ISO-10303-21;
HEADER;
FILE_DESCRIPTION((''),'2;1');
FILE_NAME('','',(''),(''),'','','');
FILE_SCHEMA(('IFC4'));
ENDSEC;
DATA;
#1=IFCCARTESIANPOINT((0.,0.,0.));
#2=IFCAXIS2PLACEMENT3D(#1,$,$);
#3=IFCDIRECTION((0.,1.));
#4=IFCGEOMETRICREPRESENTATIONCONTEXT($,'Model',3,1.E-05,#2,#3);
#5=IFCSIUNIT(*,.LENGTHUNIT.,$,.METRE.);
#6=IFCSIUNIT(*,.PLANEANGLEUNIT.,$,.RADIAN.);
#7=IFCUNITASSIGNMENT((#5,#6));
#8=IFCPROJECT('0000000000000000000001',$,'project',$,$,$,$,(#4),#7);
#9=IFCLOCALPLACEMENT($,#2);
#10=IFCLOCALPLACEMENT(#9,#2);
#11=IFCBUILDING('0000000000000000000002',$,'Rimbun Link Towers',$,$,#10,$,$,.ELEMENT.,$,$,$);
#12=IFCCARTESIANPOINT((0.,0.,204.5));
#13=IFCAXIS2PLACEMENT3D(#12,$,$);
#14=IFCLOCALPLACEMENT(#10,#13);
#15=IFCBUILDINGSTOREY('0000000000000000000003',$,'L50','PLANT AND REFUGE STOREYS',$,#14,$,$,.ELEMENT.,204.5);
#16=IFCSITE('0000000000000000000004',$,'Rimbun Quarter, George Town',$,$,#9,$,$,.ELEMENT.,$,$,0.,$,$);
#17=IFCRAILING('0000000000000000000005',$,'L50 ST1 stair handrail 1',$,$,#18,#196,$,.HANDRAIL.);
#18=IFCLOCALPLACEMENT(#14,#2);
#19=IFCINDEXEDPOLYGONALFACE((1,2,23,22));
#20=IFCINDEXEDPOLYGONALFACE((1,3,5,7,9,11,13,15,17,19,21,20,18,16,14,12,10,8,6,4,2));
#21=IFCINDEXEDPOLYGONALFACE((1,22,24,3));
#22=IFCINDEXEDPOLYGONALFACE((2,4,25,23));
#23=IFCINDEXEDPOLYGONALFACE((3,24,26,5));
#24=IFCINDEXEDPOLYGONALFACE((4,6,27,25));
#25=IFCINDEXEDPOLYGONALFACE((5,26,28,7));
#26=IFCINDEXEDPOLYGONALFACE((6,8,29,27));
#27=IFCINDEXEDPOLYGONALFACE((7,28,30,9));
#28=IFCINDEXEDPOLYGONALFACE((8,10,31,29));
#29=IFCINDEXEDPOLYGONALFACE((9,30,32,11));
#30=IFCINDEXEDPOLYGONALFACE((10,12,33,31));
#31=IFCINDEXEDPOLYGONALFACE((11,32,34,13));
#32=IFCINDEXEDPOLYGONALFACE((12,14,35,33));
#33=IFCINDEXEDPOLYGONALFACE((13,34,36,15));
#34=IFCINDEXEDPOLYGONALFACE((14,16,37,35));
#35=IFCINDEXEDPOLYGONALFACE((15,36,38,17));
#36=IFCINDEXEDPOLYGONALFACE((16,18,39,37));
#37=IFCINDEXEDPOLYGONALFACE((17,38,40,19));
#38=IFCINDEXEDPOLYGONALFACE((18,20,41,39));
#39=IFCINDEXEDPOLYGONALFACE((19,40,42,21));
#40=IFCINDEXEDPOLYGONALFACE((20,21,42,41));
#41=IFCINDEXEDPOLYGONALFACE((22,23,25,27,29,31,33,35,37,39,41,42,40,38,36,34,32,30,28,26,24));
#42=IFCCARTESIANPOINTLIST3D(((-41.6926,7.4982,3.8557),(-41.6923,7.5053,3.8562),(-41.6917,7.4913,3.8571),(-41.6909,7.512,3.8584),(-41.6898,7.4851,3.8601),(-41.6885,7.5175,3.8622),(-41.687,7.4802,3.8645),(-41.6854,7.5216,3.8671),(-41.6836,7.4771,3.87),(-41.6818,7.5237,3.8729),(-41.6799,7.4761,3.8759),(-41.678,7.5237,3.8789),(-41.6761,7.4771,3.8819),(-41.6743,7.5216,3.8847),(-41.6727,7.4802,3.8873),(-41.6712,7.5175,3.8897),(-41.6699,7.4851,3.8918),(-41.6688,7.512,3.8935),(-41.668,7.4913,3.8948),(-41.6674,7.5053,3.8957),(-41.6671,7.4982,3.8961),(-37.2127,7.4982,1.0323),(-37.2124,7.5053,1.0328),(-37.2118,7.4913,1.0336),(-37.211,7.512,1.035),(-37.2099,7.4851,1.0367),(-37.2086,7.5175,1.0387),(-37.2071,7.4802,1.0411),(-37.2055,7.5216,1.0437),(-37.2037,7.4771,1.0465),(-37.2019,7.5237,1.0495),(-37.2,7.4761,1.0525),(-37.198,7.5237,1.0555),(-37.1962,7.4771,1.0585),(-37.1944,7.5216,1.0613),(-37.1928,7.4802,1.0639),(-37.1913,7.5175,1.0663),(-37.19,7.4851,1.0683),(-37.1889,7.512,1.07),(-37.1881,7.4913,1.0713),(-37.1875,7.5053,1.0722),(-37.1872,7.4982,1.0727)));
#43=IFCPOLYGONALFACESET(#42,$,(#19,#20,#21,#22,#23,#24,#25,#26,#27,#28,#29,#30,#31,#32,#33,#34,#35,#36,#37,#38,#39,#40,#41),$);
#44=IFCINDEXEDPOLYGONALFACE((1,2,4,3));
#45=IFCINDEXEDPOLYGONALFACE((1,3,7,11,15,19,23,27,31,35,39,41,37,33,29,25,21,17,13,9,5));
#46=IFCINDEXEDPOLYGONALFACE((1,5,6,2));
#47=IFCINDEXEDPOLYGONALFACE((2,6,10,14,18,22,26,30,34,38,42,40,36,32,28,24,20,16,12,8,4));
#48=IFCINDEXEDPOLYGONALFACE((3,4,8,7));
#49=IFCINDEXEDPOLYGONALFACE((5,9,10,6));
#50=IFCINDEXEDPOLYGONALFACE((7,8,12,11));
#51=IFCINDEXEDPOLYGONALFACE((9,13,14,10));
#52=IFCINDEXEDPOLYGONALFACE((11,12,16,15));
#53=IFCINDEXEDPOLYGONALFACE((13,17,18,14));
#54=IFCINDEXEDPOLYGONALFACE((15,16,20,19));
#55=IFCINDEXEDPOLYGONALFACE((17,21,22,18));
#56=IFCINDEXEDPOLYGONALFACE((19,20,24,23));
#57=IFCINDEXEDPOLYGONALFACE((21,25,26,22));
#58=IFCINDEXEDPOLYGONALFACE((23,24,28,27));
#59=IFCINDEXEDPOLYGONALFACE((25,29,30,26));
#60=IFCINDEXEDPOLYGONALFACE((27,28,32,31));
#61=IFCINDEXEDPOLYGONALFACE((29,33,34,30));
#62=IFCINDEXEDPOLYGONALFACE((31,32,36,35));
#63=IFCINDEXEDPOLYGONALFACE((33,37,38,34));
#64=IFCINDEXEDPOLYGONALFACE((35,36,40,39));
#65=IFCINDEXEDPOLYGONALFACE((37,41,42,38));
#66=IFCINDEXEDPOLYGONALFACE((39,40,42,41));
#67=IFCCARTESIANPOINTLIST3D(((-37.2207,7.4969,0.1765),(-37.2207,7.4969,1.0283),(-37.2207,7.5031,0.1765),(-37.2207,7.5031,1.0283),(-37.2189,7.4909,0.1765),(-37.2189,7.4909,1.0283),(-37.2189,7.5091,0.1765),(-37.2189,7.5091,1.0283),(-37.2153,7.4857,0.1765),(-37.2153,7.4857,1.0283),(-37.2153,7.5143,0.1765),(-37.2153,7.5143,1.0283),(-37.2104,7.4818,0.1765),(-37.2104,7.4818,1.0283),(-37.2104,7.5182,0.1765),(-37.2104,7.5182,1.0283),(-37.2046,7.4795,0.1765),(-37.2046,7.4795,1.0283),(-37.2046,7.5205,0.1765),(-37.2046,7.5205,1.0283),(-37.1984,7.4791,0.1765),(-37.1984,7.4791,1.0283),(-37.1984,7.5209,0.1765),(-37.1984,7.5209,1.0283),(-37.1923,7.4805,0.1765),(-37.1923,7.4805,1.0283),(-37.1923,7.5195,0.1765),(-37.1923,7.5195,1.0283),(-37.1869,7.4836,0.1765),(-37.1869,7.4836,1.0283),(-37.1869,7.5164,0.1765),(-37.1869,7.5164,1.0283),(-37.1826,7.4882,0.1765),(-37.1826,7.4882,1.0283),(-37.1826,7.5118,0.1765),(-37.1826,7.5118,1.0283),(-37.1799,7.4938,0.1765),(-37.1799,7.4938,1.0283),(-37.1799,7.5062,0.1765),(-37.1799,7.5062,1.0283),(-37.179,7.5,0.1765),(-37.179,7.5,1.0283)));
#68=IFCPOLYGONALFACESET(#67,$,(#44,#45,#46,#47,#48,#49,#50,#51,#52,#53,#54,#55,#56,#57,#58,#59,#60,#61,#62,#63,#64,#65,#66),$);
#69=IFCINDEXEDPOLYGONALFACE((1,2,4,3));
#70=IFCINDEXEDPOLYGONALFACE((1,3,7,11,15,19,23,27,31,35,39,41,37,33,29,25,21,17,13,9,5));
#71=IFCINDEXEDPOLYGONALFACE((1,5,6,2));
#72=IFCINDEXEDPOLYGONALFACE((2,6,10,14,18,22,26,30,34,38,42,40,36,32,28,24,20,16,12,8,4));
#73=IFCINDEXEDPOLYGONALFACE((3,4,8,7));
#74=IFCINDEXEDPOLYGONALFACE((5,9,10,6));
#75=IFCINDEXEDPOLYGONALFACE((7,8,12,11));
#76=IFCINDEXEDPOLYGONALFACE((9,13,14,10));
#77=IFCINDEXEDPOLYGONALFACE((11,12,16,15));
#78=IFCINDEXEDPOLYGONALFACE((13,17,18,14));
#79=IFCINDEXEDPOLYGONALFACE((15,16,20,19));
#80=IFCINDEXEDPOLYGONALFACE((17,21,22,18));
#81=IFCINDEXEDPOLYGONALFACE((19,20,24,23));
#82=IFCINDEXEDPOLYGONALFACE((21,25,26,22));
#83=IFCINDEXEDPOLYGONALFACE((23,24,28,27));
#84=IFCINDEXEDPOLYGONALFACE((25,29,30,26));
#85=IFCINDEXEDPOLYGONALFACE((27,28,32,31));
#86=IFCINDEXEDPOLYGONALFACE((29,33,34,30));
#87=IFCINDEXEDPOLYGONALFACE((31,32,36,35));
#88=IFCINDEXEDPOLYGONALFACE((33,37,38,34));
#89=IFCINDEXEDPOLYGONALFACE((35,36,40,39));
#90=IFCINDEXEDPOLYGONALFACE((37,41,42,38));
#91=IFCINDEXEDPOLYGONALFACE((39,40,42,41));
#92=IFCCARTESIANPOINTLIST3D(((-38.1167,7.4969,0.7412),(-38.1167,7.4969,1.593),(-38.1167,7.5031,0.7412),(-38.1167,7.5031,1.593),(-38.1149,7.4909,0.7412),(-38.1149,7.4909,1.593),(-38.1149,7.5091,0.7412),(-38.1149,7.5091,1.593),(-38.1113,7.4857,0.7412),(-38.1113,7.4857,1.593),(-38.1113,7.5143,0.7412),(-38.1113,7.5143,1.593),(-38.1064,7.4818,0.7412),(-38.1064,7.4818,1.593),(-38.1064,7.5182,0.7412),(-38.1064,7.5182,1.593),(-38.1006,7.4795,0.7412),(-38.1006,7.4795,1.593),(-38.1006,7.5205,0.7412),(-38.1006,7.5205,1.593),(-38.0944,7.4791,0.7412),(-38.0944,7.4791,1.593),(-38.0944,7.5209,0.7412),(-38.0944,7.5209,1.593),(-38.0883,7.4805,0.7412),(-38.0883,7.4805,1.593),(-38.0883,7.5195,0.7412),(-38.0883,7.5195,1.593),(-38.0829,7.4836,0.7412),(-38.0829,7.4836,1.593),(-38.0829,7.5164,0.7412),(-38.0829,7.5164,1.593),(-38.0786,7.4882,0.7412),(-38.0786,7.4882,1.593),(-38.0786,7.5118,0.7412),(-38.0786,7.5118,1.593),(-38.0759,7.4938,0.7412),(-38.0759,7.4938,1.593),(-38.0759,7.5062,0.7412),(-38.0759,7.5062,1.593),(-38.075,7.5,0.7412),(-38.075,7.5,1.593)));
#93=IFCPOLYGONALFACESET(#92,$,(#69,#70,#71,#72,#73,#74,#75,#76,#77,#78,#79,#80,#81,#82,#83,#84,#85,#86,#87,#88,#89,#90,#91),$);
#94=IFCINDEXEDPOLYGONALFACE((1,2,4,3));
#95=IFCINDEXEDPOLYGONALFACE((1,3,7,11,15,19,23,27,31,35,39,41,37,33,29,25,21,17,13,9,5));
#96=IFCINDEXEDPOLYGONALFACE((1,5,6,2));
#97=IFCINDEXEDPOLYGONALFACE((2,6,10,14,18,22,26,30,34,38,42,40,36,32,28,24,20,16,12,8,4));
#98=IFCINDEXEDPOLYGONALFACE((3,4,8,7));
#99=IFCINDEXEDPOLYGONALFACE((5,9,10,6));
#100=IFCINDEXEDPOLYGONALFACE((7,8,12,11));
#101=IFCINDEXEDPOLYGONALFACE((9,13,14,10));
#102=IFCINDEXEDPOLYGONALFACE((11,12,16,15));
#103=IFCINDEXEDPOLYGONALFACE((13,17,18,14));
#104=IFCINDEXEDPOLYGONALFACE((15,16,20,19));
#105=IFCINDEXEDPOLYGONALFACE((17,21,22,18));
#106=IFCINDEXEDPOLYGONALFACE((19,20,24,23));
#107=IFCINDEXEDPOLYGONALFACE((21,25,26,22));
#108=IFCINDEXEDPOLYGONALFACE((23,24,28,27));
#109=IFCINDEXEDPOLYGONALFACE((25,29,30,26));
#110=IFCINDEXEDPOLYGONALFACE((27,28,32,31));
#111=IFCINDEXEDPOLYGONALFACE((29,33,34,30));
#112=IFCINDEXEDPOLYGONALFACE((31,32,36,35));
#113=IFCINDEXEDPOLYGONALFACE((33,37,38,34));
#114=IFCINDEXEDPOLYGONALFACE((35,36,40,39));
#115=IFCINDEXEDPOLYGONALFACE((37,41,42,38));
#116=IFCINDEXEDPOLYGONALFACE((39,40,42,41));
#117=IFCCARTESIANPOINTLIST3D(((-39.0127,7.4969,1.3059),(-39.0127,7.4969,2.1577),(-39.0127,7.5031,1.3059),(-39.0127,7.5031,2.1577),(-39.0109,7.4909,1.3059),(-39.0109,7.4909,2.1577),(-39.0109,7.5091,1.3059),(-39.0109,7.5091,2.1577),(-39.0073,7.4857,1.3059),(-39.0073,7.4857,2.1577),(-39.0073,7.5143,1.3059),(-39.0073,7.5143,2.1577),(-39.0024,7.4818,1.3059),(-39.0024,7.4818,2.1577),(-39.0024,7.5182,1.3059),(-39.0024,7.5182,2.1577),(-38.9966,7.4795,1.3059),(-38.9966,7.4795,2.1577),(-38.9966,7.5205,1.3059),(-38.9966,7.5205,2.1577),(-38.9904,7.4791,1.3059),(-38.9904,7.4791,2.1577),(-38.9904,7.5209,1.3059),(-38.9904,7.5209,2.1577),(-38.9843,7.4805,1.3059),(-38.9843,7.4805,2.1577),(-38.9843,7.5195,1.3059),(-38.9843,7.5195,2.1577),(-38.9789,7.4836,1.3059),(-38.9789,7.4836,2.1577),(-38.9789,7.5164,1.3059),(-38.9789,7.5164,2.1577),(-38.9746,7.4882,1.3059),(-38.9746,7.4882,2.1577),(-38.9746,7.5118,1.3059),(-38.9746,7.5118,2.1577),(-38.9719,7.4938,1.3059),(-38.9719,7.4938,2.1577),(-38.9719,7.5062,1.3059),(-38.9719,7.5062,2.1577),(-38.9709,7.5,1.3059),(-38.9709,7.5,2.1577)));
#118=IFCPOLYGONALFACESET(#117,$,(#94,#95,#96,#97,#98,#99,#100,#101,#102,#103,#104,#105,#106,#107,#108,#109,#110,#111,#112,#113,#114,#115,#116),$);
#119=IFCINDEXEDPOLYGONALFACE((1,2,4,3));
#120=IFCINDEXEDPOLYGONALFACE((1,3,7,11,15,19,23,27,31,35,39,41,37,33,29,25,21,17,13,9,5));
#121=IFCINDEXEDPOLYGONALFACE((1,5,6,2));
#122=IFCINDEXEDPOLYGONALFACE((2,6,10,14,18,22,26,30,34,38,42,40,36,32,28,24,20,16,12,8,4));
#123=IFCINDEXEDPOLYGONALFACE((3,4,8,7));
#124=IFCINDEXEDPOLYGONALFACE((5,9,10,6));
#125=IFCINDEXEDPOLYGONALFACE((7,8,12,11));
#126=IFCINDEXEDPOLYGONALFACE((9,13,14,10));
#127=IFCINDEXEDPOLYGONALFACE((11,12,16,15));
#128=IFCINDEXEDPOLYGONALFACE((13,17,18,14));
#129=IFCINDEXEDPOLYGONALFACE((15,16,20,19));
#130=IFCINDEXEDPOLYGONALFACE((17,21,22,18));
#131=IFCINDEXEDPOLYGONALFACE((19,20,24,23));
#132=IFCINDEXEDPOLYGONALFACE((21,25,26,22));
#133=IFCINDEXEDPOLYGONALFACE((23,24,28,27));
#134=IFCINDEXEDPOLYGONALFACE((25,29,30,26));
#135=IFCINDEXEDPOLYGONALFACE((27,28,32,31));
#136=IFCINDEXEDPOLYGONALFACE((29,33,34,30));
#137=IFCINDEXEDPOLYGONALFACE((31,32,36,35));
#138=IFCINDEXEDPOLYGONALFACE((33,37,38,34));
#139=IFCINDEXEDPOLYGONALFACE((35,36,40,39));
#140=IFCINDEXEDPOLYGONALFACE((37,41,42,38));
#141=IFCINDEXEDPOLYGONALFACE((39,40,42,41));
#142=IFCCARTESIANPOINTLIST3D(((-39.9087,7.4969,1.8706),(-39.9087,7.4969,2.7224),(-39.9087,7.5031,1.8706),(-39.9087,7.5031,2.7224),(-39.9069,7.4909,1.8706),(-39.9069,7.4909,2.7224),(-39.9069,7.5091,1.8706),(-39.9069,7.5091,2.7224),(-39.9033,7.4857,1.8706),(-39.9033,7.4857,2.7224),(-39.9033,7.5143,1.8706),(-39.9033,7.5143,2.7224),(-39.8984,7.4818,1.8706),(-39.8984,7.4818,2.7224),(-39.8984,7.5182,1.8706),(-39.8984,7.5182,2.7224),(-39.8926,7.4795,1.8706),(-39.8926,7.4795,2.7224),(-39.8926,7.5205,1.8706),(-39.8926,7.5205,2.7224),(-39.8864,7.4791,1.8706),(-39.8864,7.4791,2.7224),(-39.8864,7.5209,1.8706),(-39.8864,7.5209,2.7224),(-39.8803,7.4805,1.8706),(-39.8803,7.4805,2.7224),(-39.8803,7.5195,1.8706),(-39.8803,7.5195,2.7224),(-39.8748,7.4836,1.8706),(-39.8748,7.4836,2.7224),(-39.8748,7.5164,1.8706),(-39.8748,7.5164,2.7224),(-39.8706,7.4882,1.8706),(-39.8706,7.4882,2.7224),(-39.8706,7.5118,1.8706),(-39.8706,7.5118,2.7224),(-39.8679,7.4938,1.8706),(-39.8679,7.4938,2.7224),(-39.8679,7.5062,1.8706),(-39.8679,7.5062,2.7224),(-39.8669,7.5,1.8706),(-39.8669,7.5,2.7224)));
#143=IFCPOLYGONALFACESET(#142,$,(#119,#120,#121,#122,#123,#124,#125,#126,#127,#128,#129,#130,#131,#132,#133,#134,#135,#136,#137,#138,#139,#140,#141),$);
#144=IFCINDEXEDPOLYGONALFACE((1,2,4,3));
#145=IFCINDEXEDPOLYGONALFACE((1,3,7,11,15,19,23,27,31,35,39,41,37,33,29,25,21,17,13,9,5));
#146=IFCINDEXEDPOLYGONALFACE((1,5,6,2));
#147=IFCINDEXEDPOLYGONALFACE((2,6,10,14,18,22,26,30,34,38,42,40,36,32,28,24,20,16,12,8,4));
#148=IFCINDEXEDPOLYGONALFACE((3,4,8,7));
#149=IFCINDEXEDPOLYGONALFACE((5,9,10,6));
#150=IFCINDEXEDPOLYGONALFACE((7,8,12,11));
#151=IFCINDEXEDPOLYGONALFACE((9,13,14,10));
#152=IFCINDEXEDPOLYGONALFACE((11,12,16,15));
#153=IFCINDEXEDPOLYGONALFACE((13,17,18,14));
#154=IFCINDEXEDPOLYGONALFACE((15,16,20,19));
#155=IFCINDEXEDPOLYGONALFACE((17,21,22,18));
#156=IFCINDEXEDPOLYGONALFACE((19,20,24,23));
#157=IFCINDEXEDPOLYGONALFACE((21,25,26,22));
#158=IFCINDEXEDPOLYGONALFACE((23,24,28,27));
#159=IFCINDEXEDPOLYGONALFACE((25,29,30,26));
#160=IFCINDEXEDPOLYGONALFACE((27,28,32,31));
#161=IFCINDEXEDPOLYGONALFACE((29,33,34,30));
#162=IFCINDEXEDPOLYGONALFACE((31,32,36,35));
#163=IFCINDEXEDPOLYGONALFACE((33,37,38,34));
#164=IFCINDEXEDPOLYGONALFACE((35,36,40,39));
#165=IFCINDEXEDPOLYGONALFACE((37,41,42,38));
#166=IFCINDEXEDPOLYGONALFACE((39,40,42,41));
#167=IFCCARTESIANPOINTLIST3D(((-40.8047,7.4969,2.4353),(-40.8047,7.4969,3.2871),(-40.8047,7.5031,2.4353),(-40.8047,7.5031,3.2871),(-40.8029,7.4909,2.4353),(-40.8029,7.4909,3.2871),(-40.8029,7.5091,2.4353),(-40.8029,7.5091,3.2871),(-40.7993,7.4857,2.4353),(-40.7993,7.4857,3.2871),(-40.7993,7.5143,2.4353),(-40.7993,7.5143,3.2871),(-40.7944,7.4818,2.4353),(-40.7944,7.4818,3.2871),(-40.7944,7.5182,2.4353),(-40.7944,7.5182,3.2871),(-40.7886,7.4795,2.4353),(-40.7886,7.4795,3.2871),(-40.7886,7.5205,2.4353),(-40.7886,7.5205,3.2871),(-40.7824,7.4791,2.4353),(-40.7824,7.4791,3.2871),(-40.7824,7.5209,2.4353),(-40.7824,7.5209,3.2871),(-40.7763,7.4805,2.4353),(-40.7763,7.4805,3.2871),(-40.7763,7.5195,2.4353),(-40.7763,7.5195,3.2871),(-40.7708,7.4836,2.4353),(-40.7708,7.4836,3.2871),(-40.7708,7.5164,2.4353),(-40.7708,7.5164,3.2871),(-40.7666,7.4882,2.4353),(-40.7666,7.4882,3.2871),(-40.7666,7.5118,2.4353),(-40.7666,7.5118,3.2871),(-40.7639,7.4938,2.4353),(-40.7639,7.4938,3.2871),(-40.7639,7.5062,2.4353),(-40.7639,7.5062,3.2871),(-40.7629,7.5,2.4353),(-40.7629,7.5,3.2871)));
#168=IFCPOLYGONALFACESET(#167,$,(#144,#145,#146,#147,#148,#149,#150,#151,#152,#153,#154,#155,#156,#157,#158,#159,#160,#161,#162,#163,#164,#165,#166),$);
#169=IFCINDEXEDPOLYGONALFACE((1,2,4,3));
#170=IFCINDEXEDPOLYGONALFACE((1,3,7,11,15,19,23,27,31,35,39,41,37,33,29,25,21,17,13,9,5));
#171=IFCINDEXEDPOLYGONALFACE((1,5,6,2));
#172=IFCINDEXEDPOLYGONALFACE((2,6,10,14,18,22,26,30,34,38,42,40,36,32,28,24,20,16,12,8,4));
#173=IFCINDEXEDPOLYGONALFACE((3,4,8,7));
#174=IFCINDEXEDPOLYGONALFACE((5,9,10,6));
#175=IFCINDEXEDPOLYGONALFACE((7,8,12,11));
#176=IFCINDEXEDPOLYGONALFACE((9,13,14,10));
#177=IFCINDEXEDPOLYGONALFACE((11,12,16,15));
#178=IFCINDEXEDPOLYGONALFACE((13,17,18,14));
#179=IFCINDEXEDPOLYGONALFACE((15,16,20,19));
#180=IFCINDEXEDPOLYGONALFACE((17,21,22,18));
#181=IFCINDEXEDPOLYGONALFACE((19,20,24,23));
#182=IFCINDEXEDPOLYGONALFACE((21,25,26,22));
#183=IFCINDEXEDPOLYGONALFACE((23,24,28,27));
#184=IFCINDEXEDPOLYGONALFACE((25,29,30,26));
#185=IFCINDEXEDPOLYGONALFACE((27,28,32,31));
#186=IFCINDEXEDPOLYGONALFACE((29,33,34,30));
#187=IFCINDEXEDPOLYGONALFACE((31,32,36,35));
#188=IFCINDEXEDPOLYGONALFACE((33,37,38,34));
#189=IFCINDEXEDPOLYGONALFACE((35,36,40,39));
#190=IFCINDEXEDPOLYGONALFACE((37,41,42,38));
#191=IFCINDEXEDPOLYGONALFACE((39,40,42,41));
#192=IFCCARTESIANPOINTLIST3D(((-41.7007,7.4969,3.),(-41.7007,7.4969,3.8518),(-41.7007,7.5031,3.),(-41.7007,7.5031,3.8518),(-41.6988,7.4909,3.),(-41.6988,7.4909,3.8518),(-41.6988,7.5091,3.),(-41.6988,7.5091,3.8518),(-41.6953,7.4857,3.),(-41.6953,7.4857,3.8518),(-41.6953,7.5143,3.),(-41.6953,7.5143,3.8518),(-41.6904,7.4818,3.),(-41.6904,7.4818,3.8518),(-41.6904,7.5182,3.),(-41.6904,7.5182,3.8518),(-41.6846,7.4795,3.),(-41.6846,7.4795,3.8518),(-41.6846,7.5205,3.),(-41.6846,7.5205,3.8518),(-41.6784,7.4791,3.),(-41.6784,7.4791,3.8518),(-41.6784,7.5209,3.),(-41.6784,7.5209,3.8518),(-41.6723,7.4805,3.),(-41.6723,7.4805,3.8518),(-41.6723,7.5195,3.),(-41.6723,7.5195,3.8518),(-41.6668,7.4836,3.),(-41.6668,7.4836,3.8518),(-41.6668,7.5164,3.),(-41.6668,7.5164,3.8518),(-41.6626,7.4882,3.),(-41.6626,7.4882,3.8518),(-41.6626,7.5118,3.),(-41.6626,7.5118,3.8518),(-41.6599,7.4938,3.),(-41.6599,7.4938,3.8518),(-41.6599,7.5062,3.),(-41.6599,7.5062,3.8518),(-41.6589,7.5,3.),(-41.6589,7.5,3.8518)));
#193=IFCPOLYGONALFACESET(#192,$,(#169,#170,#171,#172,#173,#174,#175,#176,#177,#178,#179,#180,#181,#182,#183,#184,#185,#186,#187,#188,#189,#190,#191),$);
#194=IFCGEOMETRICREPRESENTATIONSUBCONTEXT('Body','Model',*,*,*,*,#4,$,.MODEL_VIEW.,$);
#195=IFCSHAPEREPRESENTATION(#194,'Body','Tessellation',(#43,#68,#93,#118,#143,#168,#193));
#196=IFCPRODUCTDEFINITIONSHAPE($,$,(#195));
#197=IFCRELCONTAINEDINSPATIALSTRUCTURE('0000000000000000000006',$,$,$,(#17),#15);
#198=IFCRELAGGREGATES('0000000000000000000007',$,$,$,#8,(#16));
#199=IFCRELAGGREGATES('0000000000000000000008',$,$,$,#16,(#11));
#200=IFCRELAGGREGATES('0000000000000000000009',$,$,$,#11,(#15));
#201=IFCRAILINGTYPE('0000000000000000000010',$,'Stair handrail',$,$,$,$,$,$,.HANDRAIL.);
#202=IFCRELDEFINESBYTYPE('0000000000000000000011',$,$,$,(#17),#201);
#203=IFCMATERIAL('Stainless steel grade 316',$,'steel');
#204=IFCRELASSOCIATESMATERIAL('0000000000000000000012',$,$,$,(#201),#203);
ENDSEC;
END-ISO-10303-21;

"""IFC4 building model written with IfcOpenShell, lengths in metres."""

from ifc_helpers import new_model, si_unit, direction, frame, origin, origin_2d, place, context, subcontext, project, spatial, circle, extrude, material, type_object, element, save


model = new_model("IFC4")

# Units and contexts
model_context = context("Model", 3, precision=1e-05, world=origin(), true_north=direction((0.0, 1.0)))
body_context = subcontext(model_context, "Body", "Model", "MODEL_VIEW")
ifc_project = project(units=[si_unit("LENGTHUNIT", "METRE"), si_unit("PLANEANGLEUNIT", "RADIAN")], contexts=[model_context])

# Site, building, storey
site_placement = place(None, origin())
site = spatial("IfcSite", under=ifc_project, at=site_placement, Name="Rimbun Quarter, George Town", CompositionType="ELEMENT", RefElevation=0.0)
building_placement = place(site_placement, origin())
building = spatial("IfcBuilding", under=site, at=building_placement, Name="Rimbun Link Towers", CompositionType="ELEMENT")
storey_placement = place(building_placement, frame((0.0, 0.0, 204.5)))
storey = spatial("IfcBuildingStorey", under=building, at=storey_placement, Name="L50", Description="PLANT AND REFUGE STOREYS", CompositionType="ELEMENT", Elevation=204.5)

# Railing
ifc_material_1 = material(Name="Stainless steel grade 316", Category="steel")
railing_type_1 = type_object("IfcRailingType", Name="Stair handrail", PredefinedType="HANDRAIL", material=ifc_material_1)
railing_1_placement = place(storey_placement, frame((-37.2, 7.5, 0.1765)))
element("IfcRailing", 1, at=railing_1_placement, inside=storey, type_object=railing_type_1, Name="L50 ST1 stair handrail 1", PredefinedType="HANDRAIL", context=body_context, shape_type="SweptSolid", body=[
    extrude(circle(Radius=0.0239, at=origin_2d()), frame((0.0, 0.0, 0.876), z_axis=(-0.845998, 0.0, 0.533186), x_axis=(0.0, -1.0, 0.0)), (0.0, 0.0, 1.0), 5.2954),
    extrude(circle(Radius=0.021, at=origin_2d()), origin(), (0.0, 0.0, 1.0), 0.8518),
    extrude(circle(Radius=0.021, at=origin_2d()), frame((-0.896, 0.0, 0.5647)), (0.0, 0.0, 1.0), 0.8518),
    extrude(circle(Radius=0.021, at=origin_2d()), frame((-1.792, 0.0, 1.1294)), (0.0, 0.0, 1.0), 0.8518),
    extrude(circle(Radius=0.021, at=origin_2d()), frame((-2.688, 0.0, 1.6941)), (0.0, 0.0, 1.0), 0.8518),
    extrude(circle(Radius=0.021, at=origin_2d()), frame((-3.584, 0.0, 2.2588)), (0.0, 0.0, 1.0), 0.8518),
    extrude(circle(Radius=0.021, at=origin_2d()), frame((-4.48, 0.0, 2.8235)), (0.0, 0.0, 1.0), 0.8518),
])

save(model, "model.ifc")
